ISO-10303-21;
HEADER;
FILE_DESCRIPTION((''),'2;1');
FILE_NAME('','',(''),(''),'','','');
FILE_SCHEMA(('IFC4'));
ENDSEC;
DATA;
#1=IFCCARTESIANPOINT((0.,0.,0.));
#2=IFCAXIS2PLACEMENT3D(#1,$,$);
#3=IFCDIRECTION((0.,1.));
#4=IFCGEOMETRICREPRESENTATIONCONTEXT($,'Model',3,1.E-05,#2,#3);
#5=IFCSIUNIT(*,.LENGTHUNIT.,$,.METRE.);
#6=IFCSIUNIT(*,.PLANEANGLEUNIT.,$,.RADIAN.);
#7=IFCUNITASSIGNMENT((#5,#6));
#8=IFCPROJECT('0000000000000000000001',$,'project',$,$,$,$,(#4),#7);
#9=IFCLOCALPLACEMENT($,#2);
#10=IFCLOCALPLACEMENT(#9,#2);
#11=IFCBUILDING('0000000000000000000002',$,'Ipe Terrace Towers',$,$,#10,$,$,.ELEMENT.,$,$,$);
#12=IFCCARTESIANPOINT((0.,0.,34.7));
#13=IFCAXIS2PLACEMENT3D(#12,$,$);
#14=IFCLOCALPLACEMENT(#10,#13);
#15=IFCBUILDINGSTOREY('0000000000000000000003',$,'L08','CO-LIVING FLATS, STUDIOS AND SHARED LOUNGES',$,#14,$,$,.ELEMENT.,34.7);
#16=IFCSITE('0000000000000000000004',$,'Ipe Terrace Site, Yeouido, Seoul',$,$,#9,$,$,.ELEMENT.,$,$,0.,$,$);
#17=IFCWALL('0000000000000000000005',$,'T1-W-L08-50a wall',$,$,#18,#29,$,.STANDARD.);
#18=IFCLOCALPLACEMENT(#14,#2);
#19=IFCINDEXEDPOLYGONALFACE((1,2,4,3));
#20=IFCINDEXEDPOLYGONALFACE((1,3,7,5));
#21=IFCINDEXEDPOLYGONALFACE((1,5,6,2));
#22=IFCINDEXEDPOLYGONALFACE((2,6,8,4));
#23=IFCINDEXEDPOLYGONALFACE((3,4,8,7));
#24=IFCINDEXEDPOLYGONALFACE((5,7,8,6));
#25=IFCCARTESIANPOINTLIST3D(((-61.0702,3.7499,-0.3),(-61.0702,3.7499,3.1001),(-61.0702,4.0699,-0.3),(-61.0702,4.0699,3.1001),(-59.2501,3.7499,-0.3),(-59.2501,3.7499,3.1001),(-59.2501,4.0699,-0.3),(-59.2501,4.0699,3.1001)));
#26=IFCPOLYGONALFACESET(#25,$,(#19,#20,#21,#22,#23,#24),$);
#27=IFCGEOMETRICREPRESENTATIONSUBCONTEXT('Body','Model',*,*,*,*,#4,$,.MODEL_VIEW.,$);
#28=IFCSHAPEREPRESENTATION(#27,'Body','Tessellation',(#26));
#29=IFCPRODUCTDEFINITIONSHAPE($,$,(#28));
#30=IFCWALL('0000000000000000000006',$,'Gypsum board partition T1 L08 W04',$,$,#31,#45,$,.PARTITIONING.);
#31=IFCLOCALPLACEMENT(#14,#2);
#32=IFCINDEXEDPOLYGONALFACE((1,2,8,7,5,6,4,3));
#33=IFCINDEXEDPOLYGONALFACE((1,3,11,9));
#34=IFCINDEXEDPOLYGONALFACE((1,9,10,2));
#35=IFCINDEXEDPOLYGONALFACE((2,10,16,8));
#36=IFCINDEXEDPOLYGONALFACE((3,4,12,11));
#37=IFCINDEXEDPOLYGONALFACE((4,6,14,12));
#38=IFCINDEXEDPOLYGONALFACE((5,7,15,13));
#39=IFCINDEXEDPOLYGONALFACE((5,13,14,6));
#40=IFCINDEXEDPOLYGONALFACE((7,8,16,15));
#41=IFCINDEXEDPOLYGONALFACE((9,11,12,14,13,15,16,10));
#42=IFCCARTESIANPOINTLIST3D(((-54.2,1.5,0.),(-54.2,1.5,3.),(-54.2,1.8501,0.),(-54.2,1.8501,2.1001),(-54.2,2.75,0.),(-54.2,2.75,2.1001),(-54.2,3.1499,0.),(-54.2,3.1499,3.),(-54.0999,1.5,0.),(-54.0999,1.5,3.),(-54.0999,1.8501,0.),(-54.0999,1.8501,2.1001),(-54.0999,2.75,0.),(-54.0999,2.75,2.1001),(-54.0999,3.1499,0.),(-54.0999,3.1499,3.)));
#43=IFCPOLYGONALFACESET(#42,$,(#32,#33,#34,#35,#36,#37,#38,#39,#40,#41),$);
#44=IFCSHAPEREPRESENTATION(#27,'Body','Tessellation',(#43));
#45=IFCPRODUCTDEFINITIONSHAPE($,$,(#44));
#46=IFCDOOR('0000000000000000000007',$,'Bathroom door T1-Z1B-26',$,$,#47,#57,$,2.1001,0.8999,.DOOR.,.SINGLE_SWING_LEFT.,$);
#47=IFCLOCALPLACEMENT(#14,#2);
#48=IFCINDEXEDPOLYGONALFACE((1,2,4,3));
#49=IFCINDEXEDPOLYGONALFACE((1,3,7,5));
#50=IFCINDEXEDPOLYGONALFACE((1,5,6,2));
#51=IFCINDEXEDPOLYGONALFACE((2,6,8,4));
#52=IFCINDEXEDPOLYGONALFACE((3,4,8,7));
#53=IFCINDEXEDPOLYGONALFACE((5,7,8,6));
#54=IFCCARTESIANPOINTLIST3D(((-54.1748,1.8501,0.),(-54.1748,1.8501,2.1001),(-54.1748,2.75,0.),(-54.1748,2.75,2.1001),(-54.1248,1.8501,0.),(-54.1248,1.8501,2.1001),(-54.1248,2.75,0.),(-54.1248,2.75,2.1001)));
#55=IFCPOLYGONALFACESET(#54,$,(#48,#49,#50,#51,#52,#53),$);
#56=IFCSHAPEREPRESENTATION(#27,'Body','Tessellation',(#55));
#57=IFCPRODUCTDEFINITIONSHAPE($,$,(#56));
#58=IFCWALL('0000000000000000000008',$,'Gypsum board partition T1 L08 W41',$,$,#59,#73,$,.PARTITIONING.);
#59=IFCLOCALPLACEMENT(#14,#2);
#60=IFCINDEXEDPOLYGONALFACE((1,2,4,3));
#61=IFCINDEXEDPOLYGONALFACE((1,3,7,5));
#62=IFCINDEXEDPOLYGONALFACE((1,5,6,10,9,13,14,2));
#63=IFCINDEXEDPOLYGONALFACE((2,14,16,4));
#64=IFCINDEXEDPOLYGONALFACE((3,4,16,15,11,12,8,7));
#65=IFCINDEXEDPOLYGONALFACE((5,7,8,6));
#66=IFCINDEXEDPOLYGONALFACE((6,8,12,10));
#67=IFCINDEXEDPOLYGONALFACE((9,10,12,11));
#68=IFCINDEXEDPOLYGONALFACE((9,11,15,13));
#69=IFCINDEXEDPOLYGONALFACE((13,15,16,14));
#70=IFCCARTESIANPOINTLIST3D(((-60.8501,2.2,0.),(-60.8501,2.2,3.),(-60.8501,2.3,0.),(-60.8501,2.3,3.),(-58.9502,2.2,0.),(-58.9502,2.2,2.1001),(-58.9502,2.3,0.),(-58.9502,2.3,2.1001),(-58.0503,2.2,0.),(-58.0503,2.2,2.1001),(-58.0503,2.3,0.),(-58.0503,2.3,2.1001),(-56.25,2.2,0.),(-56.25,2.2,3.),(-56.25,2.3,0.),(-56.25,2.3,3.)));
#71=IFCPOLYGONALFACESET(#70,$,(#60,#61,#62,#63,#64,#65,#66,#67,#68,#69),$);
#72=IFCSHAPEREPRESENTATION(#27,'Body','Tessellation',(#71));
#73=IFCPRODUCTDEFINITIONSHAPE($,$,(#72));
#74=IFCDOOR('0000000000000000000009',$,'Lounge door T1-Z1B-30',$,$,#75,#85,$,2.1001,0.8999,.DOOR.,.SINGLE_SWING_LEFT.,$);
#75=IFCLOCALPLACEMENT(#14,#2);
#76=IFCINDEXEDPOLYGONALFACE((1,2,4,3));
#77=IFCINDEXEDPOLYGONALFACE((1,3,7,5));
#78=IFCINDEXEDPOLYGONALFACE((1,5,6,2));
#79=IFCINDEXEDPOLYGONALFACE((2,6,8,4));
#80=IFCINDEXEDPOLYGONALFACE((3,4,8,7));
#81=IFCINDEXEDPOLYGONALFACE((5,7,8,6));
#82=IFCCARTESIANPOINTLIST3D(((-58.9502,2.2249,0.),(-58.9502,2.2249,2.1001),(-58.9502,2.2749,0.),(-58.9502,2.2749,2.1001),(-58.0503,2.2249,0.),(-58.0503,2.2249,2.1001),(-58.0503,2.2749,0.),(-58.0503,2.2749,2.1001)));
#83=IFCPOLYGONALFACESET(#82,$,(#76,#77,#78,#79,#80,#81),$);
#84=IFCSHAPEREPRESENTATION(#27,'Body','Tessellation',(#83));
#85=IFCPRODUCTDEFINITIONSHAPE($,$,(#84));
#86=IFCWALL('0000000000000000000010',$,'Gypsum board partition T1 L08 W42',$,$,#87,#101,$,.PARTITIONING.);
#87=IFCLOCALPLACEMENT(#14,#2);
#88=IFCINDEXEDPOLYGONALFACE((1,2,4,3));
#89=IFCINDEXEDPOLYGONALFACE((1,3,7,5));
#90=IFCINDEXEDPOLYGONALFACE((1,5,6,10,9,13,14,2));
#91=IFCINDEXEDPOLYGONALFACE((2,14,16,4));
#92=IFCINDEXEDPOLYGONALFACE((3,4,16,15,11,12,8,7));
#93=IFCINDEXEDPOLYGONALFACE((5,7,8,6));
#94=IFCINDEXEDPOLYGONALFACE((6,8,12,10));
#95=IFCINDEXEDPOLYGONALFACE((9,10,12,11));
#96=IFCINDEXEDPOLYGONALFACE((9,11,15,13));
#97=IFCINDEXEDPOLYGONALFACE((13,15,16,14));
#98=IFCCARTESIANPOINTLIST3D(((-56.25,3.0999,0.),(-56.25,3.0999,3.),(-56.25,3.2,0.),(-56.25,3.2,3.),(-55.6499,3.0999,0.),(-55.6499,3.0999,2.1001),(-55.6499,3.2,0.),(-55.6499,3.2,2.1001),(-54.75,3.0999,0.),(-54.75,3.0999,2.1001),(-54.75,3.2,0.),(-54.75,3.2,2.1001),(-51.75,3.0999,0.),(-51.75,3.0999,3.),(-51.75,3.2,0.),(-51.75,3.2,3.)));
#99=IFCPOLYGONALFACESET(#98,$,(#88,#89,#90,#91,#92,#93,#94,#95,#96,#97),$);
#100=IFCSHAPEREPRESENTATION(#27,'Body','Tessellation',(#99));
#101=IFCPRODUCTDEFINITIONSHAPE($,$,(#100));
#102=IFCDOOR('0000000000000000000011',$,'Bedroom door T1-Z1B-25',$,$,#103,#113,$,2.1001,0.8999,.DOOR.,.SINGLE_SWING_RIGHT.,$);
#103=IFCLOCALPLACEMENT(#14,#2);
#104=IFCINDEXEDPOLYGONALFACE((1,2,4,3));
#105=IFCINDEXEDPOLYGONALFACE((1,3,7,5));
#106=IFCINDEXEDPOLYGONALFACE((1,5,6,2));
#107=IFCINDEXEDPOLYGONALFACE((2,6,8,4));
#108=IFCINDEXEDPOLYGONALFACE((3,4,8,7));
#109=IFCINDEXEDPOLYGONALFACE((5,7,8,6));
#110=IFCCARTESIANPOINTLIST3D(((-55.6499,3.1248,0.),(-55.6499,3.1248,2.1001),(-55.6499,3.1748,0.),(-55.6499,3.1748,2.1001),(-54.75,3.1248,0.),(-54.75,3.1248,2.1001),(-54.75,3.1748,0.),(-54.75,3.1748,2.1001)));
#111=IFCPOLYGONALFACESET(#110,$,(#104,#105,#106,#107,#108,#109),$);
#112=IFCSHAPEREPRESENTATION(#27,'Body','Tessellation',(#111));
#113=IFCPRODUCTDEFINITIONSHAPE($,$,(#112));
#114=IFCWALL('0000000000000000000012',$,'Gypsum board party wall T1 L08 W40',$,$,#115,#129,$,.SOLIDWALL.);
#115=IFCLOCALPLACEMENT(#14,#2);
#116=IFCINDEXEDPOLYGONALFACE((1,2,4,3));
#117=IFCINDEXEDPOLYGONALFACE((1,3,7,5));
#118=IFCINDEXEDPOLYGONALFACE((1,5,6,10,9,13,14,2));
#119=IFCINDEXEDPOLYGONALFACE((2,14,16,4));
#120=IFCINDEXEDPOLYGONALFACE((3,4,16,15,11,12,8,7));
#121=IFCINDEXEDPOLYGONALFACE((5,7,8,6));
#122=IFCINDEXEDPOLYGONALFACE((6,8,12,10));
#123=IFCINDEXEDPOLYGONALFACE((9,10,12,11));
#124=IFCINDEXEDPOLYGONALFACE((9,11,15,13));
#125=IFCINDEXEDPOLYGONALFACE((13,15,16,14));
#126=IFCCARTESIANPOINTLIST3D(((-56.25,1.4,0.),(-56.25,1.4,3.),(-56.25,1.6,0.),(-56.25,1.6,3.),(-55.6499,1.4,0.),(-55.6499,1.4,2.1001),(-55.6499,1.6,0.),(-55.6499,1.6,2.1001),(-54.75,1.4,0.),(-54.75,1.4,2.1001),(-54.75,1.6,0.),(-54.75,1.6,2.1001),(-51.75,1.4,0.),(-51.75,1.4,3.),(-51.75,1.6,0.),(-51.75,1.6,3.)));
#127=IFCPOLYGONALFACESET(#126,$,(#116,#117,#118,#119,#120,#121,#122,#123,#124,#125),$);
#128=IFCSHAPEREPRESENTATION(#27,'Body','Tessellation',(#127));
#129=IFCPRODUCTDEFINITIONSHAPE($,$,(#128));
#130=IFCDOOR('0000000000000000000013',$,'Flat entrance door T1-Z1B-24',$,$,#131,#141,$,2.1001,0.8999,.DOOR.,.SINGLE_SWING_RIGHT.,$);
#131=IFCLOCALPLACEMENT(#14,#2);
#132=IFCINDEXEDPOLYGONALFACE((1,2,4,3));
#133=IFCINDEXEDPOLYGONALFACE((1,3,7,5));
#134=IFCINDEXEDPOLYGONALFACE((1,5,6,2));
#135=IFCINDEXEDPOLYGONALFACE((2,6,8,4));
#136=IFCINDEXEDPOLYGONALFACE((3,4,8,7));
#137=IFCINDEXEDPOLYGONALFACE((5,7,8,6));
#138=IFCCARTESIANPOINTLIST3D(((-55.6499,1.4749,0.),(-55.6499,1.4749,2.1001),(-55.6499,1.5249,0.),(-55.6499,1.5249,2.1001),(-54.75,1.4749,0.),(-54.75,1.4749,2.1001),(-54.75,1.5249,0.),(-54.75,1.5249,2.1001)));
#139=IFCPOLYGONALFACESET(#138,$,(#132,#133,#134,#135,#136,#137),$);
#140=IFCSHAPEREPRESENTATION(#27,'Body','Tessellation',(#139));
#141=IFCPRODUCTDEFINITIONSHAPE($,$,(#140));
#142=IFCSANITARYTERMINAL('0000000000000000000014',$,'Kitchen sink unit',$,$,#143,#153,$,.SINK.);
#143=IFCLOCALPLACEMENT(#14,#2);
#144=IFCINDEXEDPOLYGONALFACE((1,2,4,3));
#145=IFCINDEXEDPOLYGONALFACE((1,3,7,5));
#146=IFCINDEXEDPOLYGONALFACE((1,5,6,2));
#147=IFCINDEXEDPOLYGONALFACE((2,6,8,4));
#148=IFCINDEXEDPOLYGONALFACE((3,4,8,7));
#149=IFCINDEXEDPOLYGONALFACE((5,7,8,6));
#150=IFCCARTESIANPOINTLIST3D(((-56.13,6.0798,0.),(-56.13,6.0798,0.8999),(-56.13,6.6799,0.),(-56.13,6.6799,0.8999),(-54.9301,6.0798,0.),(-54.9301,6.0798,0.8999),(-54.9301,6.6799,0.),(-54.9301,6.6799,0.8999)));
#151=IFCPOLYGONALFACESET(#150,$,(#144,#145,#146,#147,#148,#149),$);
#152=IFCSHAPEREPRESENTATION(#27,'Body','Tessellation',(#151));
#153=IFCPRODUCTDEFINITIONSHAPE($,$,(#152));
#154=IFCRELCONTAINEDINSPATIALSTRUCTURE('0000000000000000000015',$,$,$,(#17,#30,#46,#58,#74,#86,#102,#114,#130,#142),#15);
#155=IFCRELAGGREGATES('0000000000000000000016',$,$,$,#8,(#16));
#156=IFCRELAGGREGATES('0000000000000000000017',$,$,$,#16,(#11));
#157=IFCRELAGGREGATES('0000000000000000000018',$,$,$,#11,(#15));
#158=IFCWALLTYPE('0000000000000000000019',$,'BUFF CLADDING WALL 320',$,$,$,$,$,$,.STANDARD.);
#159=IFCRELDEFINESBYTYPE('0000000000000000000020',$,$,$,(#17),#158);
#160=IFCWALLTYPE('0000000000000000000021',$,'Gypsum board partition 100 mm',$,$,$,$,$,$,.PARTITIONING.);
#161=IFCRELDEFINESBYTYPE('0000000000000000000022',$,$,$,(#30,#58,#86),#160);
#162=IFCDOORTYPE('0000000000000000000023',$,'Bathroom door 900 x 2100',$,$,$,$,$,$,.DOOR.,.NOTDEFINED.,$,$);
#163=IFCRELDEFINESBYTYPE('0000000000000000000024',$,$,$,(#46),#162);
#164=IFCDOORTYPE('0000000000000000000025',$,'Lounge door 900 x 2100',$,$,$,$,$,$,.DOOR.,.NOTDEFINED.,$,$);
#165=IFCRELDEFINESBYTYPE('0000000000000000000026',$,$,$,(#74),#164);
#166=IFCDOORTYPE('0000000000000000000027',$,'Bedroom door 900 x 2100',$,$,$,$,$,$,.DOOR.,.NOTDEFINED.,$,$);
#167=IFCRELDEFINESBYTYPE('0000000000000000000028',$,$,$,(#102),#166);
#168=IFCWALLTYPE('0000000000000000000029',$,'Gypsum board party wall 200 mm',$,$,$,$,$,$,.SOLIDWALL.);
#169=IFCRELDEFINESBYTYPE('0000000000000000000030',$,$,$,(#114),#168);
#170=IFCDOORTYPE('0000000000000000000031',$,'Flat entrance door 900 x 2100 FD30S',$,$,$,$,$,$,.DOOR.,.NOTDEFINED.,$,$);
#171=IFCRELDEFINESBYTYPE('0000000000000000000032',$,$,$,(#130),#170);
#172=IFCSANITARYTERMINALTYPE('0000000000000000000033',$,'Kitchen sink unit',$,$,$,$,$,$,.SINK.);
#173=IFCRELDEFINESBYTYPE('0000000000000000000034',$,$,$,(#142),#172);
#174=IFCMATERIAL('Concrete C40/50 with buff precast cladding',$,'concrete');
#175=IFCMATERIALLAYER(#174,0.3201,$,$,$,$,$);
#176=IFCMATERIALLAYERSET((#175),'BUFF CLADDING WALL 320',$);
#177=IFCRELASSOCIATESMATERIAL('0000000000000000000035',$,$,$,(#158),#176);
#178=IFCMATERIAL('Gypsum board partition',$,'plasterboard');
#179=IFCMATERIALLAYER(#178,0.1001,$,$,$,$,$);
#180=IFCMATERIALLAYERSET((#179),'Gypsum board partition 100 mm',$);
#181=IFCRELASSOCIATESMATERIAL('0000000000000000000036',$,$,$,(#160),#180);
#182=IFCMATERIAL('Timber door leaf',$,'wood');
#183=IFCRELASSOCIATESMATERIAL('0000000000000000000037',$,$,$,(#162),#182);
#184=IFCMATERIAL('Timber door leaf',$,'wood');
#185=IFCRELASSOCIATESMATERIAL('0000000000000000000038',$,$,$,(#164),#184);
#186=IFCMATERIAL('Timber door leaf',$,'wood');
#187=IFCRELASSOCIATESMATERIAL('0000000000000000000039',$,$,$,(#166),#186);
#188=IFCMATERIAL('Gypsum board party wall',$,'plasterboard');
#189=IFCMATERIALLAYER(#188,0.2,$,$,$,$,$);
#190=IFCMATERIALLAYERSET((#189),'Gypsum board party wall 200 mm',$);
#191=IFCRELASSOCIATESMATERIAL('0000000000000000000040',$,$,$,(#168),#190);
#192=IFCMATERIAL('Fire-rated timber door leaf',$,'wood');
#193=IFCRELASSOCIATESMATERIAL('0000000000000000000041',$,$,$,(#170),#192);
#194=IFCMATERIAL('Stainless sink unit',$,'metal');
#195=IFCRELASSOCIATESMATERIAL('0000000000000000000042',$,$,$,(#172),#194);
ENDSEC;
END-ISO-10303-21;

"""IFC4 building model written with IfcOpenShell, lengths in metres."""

from ifc_helpers import new_model, si_unit, direction, frame, frame_2d, origin, origin_2d, place, context, subcontext, project, spatial, rectangle, extrude, material, layer, layer_set, type_object, element, fill, save


model = new_model("IFC4")

# Units and contexts
model_context = context("Model", 3, precision=1e-05, world=origin(), true_north=direction((0.0, 1.0)))
body_context = subcontext(model_context, "Body", "Model", "MODEL_VIEW")
ifc_project = project(units=[si_unit("LENGTHUNIT", "METRE"), si_unit("PLANEANGLEUNIT", "RADIAN")], contexts=[model_context])

# Site, building, storey
site_placement = place(None, origin())
site = spatial("IfcSite", under=ifc_project, at=site_placement, Name="Ipe Terrace Site, Yeouido, Seoul", CompositionType="ELEMENT", RefElevation=0.0)
building_placement = place(site_placement, origin())
building = spatial("IfcBuilding", under=site, at=building_placement, Name="Ipe Terrace Towers", CompositionType="ELEMENT")
storey_placement = place(building_placement, frame((0.0, 0.0, 34.7)))
storey = spatial("IfcBuildingStorey", under=building, at=storey_placement, Name="L08", Description="CO-LIVING FLATS, STUDIOS AND SHARED LOUNGES", CompositionType="ELEMENT", Elevation=34.7)

# Wall
ifc_material_1 = material(Name="Concrete C40/50 with buff precast cladding", Category="concrete")
ifc_layer_1 = layer(ifc_material_1, 0.3201)
ifc_layer_set_1 = layer_set([ifc_layer_1], Name="BUFF CLADDING WALL 320")
wall_type_1 = type_object("IfcWallType", Name="BUFF CLADDING WALL 320", PredefinedType="STANDARD", material=ifc_layer_set_1)
wall_1_placement = place(storey_placement, frame((-59.25, 3.9099, -0.3), z_axis=(0.0, 0.0, 1.0), x_axis=(-1.0, 0.0, 0.0)))
element("IfcWall", 1, at=wall_1_placement, inside=storey, type_object=wall_type_1, Name="T1-W-L08-50a wall", PredefinedType="STANDARD", context=body_context, shape_type="SweptSolid", body=[
    extrude(rectangle(XDim=1.8201, YDim=0.3201, at=frame_2d((0.9102, 0.0))), origin(), (0.0, 0.0, 1.0), 3.4001),
])

# Walls, openings, doors
ifc_material_2 = material(Name="Gypsum board partition", Category="plasterboard")
ifc_layer_2 = layer(ifc_material_2, 0.1001)
ifc_layer_set_2 = layer_set([ifc_layer_2], Name="Gypsum board partition 100 mm")
wall_type_2 = type_object("IfcWallType", Name="Gypsum board partition 100 mm", PredefinedType="PARTITIONING", material=ifc_layer_set_2)
wall_2_placement = place(storey_placement, frame((-54.1499, 1.5, 0.0), z_axis=(0.0, 0.0, 1.0), x_axis=(0.0, 1.0, 0.0)))
wall_2 = element("IfcWall", 2, at=wall_2_placement, inside=storey, type_object=wall_type_2, Name="Gypsum board partition T1 L08 W04", PredefinedType="PARTITIONING", context=body_context, shape_type="SweptSolid", body=[
    extrude(rectangle(XDim=1.6499, YDim=0.1001, at=frame_2d((0.825, 0.0))), origin(), (0.0, 0.0, 1.0), 3.0),
])
opening_1_placement = place(wall_2_placement, frame((0.3501, 0.0, 0.0)))
opening_1 = element("IfcOpeningElement", 3, at=opening_1_placement, cuts=wall_2, PredefinedType="OPENING", context=body_context, shape_type="SweptSolid", body=[
    extrude(rectangle(XDim=0.8999, YDim=2.1001, at=frame_2d((0.45, 1.05))), frame((0.0, 0.0601, 0.0), z_axis=(0.0, -1.0, 0.0), x_axis=(1.0, 0.0, 0.0)), (0.0, 0.0, 1.0), 0.1201),
])
ifc_material_3 = material(Name="Timber door leaf", Category="wood")
door_type_1 = type_object("IfcDoorType", Name="Bathroom door 900 x 2100", OperationType="NOTDEFINED", PredefinedType="DOOR", material=ifc_material_3)
door_1_placement = place(opening_1_placement, origin())
door_1 = element("IfcDoor", 4, at=door_1_placement, inside=storey, type_object=door_type_1, Name="Bathroom door T1-Z1B-26", OperationType="SINGLE_SWING_LEFT", OverallHeight=2.1001, OverallWidth=0.8999, PredefinedType="DOOR", context=body_context, shape_type="SweptSolid", body=[
    extrude(rectangle(XDim=0.8999, YDim=2.1001, at=frame_2d((0.45, 1.05))), frame((0.0, 0.0249, 0.0), z_axis=(0.0, -1.0, 0.0), x_axis=(1.0, 0.0, 0.0)), (0.0, 0.0, 1.0), 0.05),
])
fill(opening_1, door_1)
wall_3_placement = place(storey_placement, frame((-60.8501, 2.25, 0.0), z_axis=(0.0, 0.0, 1.0), x_axis=(1.0, 0.0, 0.0)))
wall_3 = element("IfcWall", 5, at=wall_3_placement, inside=storey, type_object=wall_type_2, Name="Gypsum board partition T1 L08 W41", PredefinedType="PARTITIONING", context=body_context, shape_type="SweptSolid", body=[
    extrude(rectangle(XDim=4.6001, YDim=0.1001, at=frame_2d((2.3, 0.0))), origin(), (0.0, 0.0, 1.0), 3.0),
])
opening_2_placement = place(wall_3_placement, frame((1.8999, 0.0, 0.0)))
opening_2 = element("IfcOpeningElement", 6, at=opening_2_placement, cuts=wall_3, PredefinedType="OPENING", context=body_context, shape_type="SweptSolid", body=[
    extrude(rectangle(XDim=0.8999, YDim=2.1001, at=frame_2d((0.45, 1.05))), frame((0.0, 0.0601, 0.0), z_axis=(0.0, -1.0, 0.0), x_axis=(1.0, 0.0, 0.0)), (0.0, 0.0, 1.0), 0.1201),
])
ifc_material_4 = material(Name="Timber door leaf", Category="wood")
door_type_2 = type_object("IfcDoorType", Name="Lounge door 900 x 2100", OperationType="NOTDEFINED", PredefinedType="DOOR", material=ifc_material_4)
door_2_placement = place(opening_2_placement, origin())
door_2 = element("IfcDoor", 7, at=door_2_placement, inside=storey, type_object=door_type_2, Name="Lounge door T1-Z1B-30", OperationType="SINGLE_SWING_LEFT", OverallHeight=2.1001, OverallWidth=0.8999, PredefinedType="DOOR", context=body_context, shape_type="SweptSolid", body=[
    extrude(rectangle(XDim=0.8999, YDim=2.1001, at=frame_2d((0.45, 1.05))), frame((0.0, 0.0249, 0.0), z_axis=(0.0, -1.0, 0.0), x_axis=(1.0, 0.0, 0.0)), (0.0, 0.0, 1.0), 0.05),
])
fill(opening_2, door_2)
wall_4_placement = place(storey_placement, frame((-56.25, 3.1499, 0.0), z_axis=(0.0, 0.0, 1.0), x_axis=(1.0, 0.0, 0.0)))
wall_4 = element("IfcWall", 8, at=wall_4_placement, inside=storey, type_object=wall_type_2, Name="Gypsum board partition T1 L08 W42", PredefinedType="PARTITIONING", context=body_context, shape_type="SweptSolid", body=[
    extrude(rectangle(XDim=4.5, YDim=0.1001, at=frame_2d((2.25, 0.0))), origin(), (0.0, 0.0, 1.0), 3.0),
])
opening_3_placement = place(wall_4_placement, frame((0.6001, 0.0, 0.0)))
opening_3 = element("IfcOpeningElement", 9, at=opening_3_placement, cuts=wall_4, PredefinedType="OPENING", context=body_context, shape_type="SweptSolid", body=[
    extrude(rectangle(XDim=0.8999, YDim=2.1001, at=frame_2d((0.45, 1.05))), frame((0.0, 0.0601, 0.0), z_axis=(0.0, -1.0, 0.0), x_axis=(1.0, 0.0, 0.0)), (0.0, 0.0, 1.0), 0.1201),
])
ifc_material_5 = material(Name="Timber door leaf", Category="wood")
door_type_3 = type_object("IfcDoorType", Name="Bedroom door 900 x 2100", OperationType="NOTDEFINED", PredefinedType="DOOR", material=ifc_material_5)
door_3_placement = place(opening_3_placement, origin())
door_3 = element("IfcDoor", 10, at=door_3_placement, inside=storey, type_object=door_type_3, Name="Bedroom door T1-Z1B-25", OperationType="SINGLE_SWING_RIGHT", OverallHeight=2.1001, OverallWidth=0.8999, PredefinedType="DOOR", context=body_context, shape_type="SweptSolid", body=[
    extrude(rectangle(XDim=0.8999, YDim=2.1001, at=frame_2d((0.45, 1.05))), frame((0.0, 0.0249, 0.0), z_axis=(0.0, -1.0, 0.0), x_axis=(1.0, 0.0, 0.0)), (0.0, 0.0, 1.0), 0.05),
])
fill(opening_3, door_3)
ifc_material_6 = material(Name="Gypsum board party wall", Category="plasterboard")
ifc_layer_3 = layer(ifc_material_6, 0.2)
ifc_layer_set_3 = layer_set([ifc_layer_3], Name="Gypsum board party wall 200 mm")
wall_type_3 = type_object("IfcWallType", Name="Gypsum board party wall 200 mm", PredefinedType="SOLIDWALL", material=ifc_layer_set_3)
wall_5_placement = place(storey_placement, frame((-56.25, 1.5, 0.0), z_axis=(0.0, 0.0, 1.0), x_axis=(1.0, 0.0, 0.0)))
wall_5 = element("IfcWall", 11, at=wall_5_placement, inside=storey, type_object=wall_type_3, Name="Gypsum board party wall T1 L08 W40", PredefinedType="SOLIDWALL", context=body_context, shape_type="SweptSolid", body=[
    extrude(rectangle(XDim=4.5, YDim=0.2, at=frame_2d((2.25, 0.0))), origin(), (0.0, 0.0, 1.0), 3.0),
])
opening_4_placement = place(wall_5_placement, frame((0.6001, 0.0, 0.0)))
opening_4 = element("IfcOpeningElement", 12, at=opening_4_placement, cuts=wall_5, PredefinedType="OPENING", context=body_context, shape_type="SweptSolid", body=[
    extrude(rectangle(XDim=0.8999, YDim=2.1001, at=frame_2d((0.45, 1.05))), frame((0.0, 0.1099, 0.0), z_axis=(0.0, -1.0, 0.0), x_axis=(1.0, 0.0, 0.0)), (0.0, 0.0, 1.0), 0.22),
])
ifc_material_7 = material(Name="Fire-rated timber door leaf", Category="wood")
door_type_4 = type_object("IfcDoorType", Name="Flat entrance door 900 x 2100 FD30S", OperationType="NOTDEFINED", PredefinedType="DOOR", material=ifc_material_7)
door_4_placement = place(opening_4_placement, origin())
door_4 = element("IfcDoor", 13, at=door_4_placement, inside=storey, type_object=door_type_4, Name="Flat entrance door T1-Z1B-24", OperationType="SINGLE_SWING_RIGHT", OverallHeight=2.1001, OverallWidth=0.8999, PredefinedType="DOOR", context=body_context, shape_type="SweptSolid", body=[
    extrude(rectangle(XDim=0.8999, YDim=2.1001, at=frame_2d((0.45, 1.05))), frame((0.0, 0.0249, 0.0), z_axis=(0.0, -1.0, 0.0), x_axis=(1.0, 0.0, 0.0)), (0.0, 0.0, 1.0), 0.05),
])
fill(opening_4, door_4)

# Sanitary terminal
ifc_material_8 = material(Name="Stainless sink unit", Category="metal")
sanitary_terminal_type = type_object("IfcSanitaryTerminalType", Name="Kitchen sink unit", PredefinedType="SINK", material=ifc_material_8)
sanitary_terminal_placement = place(storey_placement, frame((-55.53, 6.3799, 0.0), z_axis=(0.0, 0.0, 1.0), x_axis=(1.0, 0.0, 0.0)))
element("IfcSanitaryTerminal", 14, at=sanitary_terminal_placement, inside=storey, type_object=sanitary_terminal_type, Name="Kitchen sink unit", PredefinedType="SINK", context=body_context, shape_type="SweptSolid", body=[
    extrude(rectangle(XDim=1.2, YDim=0.6001, at=origin_2d()), origin(), (0.0, 0.0, 1.0), 0.8999),
])

save(model, "model.ifc")
